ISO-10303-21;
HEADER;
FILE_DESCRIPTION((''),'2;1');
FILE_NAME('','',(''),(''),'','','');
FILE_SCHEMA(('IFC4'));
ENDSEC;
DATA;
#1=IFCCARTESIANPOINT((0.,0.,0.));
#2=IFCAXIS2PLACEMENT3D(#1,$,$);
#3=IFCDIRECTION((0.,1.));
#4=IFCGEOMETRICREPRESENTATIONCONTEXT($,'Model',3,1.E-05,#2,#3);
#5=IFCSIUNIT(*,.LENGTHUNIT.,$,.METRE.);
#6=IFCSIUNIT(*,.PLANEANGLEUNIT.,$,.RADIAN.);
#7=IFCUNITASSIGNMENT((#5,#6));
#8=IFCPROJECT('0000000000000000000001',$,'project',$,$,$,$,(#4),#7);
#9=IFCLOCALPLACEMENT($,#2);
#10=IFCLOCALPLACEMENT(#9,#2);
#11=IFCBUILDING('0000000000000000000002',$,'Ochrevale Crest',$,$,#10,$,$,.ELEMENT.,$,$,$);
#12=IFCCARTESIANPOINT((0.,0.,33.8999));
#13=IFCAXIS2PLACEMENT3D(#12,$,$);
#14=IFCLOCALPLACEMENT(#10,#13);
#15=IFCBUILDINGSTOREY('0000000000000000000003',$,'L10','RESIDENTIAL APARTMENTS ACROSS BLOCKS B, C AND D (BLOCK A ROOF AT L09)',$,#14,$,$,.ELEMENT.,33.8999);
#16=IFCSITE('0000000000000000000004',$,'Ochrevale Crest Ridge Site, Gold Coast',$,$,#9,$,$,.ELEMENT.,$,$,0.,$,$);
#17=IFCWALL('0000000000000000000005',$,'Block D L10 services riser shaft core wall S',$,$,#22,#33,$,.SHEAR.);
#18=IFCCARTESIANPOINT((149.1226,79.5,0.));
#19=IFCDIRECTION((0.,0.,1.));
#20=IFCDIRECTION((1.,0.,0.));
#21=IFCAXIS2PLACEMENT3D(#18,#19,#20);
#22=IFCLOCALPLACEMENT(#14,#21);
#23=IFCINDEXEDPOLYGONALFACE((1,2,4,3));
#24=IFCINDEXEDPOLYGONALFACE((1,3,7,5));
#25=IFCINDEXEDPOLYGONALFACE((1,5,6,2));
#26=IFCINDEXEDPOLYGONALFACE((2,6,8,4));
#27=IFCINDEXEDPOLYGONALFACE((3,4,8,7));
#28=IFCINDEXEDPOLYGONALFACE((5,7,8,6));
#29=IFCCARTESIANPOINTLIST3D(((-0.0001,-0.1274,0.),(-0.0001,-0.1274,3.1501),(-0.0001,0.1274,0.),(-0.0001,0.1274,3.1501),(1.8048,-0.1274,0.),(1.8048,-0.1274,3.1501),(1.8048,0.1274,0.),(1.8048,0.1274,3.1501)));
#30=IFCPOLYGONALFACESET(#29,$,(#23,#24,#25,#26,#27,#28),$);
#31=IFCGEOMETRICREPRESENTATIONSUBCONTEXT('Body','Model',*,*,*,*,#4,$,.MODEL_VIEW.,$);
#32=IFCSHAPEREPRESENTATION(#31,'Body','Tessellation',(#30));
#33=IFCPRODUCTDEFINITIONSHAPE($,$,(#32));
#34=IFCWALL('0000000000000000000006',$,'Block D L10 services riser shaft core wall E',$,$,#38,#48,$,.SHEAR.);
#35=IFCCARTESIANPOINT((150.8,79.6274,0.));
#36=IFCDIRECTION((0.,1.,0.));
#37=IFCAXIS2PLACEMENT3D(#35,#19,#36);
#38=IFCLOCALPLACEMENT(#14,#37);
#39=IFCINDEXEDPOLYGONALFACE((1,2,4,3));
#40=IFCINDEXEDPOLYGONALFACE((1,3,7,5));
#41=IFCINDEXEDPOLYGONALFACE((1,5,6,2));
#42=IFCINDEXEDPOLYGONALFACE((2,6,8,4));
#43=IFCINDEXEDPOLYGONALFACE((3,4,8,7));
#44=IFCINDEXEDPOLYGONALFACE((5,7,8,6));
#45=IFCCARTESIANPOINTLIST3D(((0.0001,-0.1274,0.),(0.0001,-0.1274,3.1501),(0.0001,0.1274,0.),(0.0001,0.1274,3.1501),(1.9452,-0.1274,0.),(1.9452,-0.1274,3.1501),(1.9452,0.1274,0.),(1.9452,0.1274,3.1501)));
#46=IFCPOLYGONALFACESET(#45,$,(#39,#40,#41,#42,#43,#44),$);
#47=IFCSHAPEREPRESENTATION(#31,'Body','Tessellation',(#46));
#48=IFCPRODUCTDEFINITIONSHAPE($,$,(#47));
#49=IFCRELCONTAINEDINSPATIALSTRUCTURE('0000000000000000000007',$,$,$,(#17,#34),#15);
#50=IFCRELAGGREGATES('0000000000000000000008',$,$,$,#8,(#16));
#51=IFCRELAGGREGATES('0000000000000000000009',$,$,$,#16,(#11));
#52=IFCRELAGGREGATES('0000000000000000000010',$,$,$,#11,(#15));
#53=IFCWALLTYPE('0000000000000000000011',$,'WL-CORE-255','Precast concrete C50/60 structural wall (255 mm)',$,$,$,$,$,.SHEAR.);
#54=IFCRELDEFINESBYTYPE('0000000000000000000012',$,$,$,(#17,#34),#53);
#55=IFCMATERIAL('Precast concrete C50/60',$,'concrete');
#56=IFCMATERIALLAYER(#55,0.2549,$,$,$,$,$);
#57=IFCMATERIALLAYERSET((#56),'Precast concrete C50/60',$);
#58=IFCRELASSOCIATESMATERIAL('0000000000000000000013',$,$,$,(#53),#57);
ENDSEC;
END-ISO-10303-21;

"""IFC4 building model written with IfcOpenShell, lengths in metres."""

from ifc_helpers import new_model, si_unit, direction, frame, frame_2d, origin, place, context, subcontext, project, spatial, rectangle, extrude, material, layer, layer_set, type_object, element, save


model = new_model("IFC4")

# Units and contexts
model_context = context("Model", 3, precision=1e-05, world=origin(), true_north=direction((0.0, 1.0)))
body_context = subcontext(model_context, "Body", "Model", "MODEL_VIEW")
ifc_project = project(units=[si_unit("LENGTHUNIT", "METRE"), si_unit("PLANEANGLEUNIT", "RADIAN")], contexts=[model_context])

# Site, building, storey
site_placement = place(None, origin())
site = spatial("IfcSite", under=ifc_project, at=site_placement, Name="Ochrevale Crest Ridge Site, Gold Coast", CompositionType="ELEMENT", RefElevation=0.0)
building_placement = place(site_placement, origin())
building = spatial("IfcBuilding", under=site, at=building_placement, Name="Ochrevale Crest", CompositionType="ELEMENT")
storey_placement = place(building_placement, frame((0.0, 0.0, 33.8999)))
storey = spatial("IfcBuildingStorey", under=building, at=storey_placement, Name="L10", Description="RESIDENTIAL APARTMENTS ACROSS BLOCKS B, C AND D (BLOCK A ROOF AT L09)", CompositionType="ELEMENT", Elevation=33.8999)

# Shared definitions
ifc_material_1 = material(Name="Precast concrete C50/60", Category="concrete")

# Walls
ifc_layer_1 = layer(ifc_material_1, 0.2549)
ifc_layer_set_1 = layer_set([ifc_layer_1], Name="Precast concrete C50/60")
wall_type_1 = type_object("IfcWallType", Name="WL-CORE-255", Description="Precast concrete C50/60 structural wall (255 mm)", PredefinedType="SHEAR", material=ifc_layer_set_1)
wall_1_placement = place(storey_placement, frame((149.1226, 79.5, 0.0), z_axis=(0.0, 0.0, 1.0), x_axis=(1.0, 0.0, 0.0)))
element("IfcWall", 1, at=wall_1_placement, inside=storey, type_object=wall_type_1, Name="Block D L10 services riser shaft core wall S", PredefinedType="SHEAR", context=body_context, shape_type="SweptSolid", body=[
    extrude(rectangle(XDim=1.8049, YDim=0.2549, at=frame_2d((0.9023, 0.0))), origin(), (0.0, 0.0, 1.0), 3.1501),
])
wall_2_placement = place(storey_placement, frame((150.8, 79.6274, 0.0), z_axis=(0.0, 0.0, 1.0), x_axis=(0.0, 1.0, 0.0)))
element("IfcWall", 2, at=wall_2_placement, inside=storey, type_object=wall_type_1, Name="Block D L10 services riser shaft core wall E", PredefinedType="SHEAR", context=body_context, shape_type="SweptSolid", body=[
    extrude(rectangle(XDim=1.9451, YDim=0.2549, at=frame_2d((0.9727, 0.0))), origin(), (0.0, 0.0, 1.0), 3.1501),
])

save(model, "model.ifc")
